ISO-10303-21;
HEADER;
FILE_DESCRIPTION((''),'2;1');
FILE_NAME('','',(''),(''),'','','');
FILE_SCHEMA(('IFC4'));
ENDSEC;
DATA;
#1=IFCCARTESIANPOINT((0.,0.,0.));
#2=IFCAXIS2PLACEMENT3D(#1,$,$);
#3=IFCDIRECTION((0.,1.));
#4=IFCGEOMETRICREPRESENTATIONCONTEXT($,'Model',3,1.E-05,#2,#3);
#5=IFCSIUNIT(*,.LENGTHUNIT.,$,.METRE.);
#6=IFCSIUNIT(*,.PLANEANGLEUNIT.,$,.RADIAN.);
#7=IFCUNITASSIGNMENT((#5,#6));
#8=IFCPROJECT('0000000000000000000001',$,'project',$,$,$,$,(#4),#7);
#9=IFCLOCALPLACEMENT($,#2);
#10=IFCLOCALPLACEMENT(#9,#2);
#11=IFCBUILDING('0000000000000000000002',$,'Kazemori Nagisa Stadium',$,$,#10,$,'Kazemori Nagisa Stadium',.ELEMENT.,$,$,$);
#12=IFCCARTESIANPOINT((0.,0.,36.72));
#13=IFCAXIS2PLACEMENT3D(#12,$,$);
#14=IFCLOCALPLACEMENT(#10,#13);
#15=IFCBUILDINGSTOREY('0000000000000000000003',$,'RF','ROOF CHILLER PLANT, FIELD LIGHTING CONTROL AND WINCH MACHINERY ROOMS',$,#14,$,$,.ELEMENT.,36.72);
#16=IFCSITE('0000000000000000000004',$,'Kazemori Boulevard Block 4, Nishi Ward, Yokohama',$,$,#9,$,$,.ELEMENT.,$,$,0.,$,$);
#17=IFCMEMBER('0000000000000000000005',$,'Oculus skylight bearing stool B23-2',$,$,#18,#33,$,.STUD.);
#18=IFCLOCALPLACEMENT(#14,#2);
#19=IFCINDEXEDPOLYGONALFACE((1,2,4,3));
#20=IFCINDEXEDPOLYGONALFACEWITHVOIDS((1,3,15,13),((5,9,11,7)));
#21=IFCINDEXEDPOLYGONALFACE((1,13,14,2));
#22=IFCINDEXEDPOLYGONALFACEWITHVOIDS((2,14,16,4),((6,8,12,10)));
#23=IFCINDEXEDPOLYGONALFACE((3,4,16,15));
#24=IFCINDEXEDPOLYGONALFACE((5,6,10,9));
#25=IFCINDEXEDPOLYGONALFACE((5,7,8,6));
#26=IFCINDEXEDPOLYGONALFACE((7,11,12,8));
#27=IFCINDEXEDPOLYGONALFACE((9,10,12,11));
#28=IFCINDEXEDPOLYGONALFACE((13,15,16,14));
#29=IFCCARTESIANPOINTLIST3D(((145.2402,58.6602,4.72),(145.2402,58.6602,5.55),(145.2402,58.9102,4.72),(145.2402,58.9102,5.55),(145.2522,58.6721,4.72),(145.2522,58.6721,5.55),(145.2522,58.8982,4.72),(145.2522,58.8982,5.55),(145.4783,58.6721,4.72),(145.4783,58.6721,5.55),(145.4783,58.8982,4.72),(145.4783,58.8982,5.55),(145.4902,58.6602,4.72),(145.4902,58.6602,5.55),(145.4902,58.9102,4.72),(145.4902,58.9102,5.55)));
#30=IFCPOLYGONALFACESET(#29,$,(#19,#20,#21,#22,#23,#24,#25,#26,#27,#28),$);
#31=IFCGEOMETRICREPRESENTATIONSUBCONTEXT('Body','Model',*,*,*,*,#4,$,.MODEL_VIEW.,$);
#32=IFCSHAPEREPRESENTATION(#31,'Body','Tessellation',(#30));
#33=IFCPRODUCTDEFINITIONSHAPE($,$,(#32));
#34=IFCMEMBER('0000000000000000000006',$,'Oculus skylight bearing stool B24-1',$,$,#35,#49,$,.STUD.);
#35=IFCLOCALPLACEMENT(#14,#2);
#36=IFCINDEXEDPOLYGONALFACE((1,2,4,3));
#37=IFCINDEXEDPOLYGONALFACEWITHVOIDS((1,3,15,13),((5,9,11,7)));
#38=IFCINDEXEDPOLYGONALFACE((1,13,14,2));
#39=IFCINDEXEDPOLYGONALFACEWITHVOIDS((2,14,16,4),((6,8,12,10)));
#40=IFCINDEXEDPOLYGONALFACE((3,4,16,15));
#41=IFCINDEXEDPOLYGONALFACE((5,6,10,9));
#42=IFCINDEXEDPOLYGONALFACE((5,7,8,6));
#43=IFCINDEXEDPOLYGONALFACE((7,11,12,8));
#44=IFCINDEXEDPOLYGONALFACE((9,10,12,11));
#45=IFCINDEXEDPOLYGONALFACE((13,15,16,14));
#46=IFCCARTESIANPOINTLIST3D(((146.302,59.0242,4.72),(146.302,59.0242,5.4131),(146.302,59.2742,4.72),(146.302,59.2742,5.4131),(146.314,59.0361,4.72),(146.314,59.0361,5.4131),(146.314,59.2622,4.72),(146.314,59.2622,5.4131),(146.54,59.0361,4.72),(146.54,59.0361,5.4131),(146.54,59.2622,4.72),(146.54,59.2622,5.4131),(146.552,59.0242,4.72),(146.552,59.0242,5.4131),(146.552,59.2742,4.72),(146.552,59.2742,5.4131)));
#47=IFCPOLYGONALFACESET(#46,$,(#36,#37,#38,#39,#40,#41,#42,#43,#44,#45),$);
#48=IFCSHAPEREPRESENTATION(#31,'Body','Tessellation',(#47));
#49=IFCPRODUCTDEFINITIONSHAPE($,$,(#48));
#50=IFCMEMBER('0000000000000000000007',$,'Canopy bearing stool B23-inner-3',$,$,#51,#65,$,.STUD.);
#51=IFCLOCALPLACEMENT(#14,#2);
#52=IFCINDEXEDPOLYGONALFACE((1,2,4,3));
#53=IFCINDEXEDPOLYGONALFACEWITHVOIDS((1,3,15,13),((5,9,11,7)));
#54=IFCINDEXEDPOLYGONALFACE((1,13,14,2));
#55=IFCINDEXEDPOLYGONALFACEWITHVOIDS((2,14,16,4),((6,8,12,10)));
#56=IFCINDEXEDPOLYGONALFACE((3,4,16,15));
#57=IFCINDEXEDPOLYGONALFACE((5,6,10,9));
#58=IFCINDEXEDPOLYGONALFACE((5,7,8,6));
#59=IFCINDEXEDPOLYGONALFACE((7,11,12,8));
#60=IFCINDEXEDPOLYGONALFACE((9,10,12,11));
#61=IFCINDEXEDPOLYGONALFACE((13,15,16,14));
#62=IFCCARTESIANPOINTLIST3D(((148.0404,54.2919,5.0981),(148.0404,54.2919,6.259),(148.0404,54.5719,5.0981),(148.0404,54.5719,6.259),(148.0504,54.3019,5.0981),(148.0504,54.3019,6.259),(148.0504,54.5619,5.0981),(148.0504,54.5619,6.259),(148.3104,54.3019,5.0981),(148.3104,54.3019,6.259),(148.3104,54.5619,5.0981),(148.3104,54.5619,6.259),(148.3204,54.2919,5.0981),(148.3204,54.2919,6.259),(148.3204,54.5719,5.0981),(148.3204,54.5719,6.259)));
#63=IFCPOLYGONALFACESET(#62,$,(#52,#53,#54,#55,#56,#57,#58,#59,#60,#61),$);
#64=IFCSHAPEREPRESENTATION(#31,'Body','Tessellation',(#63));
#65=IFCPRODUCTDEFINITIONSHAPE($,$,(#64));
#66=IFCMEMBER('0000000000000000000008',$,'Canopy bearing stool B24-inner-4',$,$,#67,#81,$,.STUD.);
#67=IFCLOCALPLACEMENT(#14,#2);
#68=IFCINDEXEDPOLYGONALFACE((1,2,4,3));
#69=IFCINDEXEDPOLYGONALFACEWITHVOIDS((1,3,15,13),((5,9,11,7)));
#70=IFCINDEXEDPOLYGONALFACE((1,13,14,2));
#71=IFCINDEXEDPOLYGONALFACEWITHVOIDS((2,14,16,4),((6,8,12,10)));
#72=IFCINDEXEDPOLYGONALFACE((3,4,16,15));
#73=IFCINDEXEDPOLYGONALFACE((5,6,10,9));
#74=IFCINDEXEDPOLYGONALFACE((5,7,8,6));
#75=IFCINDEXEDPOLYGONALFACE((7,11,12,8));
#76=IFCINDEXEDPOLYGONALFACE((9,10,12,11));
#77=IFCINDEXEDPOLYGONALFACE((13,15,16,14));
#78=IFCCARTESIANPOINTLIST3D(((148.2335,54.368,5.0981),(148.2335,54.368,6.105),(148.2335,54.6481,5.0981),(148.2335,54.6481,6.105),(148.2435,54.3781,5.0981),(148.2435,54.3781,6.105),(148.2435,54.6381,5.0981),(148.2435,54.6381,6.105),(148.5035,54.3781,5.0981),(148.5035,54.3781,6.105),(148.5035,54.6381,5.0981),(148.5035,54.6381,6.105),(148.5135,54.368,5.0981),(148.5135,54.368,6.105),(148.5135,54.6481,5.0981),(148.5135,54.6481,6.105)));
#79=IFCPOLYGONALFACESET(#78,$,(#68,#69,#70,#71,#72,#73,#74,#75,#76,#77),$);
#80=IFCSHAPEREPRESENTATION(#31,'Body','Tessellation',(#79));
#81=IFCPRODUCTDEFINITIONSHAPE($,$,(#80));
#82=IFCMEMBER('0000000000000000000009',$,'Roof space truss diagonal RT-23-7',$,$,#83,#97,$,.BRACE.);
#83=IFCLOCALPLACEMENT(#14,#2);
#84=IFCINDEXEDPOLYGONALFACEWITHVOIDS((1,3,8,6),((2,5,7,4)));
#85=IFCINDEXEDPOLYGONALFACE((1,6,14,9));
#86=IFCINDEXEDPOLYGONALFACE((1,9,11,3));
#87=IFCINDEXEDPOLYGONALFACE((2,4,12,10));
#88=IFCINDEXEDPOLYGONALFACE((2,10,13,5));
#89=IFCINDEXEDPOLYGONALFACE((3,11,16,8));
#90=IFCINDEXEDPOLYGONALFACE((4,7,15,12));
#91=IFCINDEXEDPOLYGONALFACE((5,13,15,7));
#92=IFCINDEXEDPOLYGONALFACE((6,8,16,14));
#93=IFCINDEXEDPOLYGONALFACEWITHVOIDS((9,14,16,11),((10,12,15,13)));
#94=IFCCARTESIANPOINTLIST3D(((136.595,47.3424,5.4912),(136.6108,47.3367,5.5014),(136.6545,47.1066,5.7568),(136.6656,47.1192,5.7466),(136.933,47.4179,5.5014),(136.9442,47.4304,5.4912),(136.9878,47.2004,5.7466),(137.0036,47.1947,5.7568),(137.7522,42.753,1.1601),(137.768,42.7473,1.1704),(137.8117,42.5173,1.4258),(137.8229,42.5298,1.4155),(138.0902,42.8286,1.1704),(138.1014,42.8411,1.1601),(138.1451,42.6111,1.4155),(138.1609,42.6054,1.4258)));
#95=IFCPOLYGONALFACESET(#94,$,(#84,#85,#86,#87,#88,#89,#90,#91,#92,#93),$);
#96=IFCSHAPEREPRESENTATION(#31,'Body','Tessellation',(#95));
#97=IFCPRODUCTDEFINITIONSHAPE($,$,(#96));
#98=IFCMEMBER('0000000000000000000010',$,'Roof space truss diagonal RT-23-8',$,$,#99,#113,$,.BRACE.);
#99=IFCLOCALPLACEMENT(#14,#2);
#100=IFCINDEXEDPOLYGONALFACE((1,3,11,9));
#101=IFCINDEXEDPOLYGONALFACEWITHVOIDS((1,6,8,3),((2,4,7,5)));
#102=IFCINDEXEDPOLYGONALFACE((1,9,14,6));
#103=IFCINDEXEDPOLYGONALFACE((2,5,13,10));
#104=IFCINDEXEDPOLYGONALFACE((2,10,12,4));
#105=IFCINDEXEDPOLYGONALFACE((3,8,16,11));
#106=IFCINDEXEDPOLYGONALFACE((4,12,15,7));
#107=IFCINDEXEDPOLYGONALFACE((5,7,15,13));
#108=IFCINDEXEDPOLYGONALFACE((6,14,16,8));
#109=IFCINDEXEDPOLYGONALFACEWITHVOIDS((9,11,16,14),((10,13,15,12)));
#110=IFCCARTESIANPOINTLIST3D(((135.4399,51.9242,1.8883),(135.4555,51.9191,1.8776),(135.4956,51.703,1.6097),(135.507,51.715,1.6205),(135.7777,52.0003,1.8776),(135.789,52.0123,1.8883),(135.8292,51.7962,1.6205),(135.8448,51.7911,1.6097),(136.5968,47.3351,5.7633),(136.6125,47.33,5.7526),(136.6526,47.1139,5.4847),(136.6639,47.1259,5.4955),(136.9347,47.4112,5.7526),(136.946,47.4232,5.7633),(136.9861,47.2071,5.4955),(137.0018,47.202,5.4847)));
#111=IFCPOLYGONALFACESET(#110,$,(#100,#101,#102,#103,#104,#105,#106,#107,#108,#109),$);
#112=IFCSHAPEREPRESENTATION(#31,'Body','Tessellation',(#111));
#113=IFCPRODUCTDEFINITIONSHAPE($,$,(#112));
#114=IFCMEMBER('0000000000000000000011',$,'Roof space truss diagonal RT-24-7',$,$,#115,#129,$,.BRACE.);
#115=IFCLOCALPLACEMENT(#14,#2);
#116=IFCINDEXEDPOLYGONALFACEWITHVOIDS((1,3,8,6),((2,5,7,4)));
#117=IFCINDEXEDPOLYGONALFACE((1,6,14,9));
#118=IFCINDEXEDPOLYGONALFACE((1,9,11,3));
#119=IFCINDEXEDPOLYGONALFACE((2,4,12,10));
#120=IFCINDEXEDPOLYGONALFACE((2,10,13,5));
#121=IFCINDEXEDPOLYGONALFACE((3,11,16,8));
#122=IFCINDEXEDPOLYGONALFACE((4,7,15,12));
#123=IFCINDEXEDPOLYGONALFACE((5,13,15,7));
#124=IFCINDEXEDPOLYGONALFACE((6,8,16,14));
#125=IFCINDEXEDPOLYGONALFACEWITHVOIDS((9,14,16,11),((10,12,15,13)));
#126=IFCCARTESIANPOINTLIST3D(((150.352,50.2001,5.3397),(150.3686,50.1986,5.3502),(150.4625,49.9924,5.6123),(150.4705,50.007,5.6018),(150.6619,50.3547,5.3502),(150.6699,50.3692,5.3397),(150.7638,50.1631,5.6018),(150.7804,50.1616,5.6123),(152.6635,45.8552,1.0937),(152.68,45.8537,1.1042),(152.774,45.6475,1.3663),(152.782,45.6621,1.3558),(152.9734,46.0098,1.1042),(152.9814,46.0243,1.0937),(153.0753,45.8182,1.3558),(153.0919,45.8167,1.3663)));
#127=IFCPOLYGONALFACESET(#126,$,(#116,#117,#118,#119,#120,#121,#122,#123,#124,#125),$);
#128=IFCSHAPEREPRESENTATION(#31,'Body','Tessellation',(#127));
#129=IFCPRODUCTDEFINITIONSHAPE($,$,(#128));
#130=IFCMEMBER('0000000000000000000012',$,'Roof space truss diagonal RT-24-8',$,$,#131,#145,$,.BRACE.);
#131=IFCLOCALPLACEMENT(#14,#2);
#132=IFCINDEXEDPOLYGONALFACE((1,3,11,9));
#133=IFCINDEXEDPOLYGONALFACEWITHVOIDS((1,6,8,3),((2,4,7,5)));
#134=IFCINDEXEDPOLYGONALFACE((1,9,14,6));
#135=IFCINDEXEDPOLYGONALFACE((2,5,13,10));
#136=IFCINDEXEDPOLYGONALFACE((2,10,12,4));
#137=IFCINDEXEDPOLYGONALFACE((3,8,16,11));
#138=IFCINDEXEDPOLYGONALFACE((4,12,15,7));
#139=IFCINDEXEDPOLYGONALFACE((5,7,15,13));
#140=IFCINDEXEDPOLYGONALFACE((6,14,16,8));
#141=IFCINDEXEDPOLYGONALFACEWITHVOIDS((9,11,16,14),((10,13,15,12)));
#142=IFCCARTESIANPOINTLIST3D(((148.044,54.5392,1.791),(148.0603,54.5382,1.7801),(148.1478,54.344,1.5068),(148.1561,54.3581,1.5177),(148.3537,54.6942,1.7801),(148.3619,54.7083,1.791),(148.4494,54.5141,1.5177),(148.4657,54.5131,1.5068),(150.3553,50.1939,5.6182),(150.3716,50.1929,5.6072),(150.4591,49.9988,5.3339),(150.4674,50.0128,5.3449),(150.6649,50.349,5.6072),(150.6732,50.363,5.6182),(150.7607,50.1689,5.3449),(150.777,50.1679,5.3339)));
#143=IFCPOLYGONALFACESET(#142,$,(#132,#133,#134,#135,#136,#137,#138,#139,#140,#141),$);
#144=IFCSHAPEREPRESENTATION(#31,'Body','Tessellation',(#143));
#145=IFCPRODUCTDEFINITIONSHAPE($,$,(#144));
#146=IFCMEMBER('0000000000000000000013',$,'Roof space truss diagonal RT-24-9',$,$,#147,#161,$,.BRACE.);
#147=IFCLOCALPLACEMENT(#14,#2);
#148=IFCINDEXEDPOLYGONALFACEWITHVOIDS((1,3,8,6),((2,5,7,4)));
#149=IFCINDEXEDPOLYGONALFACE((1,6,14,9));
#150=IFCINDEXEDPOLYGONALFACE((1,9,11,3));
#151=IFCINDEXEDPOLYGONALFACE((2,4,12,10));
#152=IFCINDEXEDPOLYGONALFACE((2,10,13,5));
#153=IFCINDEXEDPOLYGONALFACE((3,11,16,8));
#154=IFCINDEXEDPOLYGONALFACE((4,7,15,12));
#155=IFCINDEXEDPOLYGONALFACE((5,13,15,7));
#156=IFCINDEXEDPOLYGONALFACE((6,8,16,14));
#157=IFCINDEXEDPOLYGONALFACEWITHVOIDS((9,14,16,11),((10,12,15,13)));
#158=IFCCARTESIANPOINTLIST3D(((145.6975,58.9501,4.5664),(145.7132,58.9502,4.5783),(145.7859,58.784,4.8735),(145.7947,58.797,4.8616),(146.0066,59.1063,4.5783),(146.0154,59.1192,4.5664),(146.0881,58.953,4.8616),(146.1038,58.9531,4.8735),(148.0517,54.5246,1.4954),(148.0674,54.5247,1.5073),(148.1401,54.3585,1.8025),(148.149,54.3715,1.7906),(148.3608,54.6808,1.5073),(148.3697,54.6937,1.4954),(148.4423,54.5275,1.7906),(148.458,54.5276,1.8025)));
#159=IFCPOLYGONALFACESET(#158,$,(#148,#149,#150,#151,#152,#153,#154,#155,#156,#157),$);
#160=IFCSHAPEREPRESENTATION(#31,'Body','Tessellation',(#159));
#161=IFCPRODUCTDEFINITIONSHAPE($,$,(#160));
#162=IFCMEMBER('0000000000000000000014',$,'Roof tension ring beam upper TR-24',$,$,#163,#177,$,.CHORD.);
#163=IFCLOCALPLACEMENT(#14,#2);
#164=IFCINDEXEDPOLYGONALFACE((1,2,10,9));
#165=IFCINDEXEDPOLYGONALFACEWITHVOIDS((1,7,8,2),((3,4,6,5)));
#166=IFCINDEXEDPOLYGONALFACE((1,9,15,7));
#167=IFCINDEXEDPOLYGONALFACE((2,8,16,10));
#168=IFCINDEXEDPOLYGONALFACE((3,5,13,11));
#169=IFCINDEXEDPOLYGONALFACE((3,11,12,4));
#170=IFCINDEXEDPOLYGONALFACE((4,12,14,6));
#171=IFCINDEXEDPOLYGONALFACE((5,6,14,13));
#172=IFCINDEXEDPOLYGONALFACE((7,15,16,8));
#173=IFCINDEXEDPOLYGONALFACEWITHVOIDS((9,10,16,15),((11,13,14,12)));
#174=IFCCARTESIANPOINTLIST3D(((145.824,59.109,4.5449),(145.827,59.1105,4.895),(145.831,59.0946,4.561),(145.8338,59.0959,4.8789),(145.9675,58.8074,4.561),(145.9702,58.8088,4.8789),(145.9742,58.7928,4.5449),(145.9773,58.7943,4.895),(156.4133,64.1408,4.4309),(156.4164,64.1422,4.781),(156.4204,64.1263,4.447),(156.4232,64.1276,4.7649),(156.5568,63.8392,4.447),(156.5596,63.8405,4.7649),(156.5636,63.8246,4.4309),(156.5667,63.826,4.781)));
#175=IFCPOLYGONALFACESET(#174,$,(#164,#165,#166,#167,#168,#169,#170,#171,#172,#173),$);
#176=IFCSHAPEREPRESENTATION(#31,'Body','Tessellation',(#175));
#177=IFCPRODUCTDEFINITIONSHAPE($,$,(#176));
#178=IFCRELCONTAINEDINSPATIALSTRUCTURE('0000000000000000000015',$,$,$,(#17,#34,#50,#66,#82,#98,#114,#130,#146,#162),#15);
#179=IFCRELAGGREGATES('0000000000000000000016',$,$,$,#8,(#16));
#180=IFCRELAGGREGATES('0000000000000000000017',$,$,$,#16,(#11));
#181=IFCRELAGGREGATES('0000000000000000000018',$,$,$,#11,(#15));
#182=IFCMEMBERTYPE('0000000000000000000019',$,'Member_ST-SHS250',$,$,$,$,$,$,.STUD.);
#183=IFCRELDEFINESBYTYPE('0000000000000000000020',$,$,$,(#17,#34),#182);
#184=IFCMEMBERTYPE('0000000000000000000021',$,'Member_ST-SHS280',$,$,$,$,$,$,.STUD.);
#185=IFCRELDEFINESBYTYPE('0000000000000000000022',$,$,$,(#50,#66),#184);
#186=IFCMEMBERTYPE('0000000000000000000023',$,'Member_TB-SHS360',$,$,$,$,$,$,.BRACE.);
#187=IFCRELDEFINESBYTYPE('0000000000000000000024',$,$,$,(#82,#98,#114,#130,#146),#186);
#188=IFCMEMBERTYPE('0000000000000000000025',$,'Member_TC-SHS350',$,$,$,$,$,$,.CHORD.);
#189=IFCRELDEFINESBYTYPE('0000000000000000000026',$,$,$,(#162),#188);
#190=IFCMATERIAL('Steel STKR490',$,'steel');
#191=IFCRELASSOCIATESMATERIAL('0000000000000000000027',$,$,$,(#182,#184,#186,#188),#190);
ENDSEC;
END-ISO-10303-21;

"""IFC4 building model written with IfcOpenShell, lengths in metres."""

from ifc_helpers import new_model, si_unit, direction, frame, origin, origin_2d, place, context, subcontext, project, spatial, hollow_rectangle, extrude, material, material_profile, profile_set, type_object, element, save


model = new_model("IFC4")

# Units and contexts
model_context = context("Model", 3, precision=1e-05, world=origin(), true_north=direction((0.0, 1.0)))
body_context = subcontext(model_context, "Body", "Model", "MODEL_VIEW")
ifc_project = project(units=[si_unit("LENGTHUNIT", "METRE"), si_unit("PLANEANGLEUNIT", "RADIAN")], contexts=[model_context])

# Site, building, storey
site_placement = place(None, origin())
site = spatial("IfcSite", under=ifc_project, at=site_placement, Name="Kazemori Boulevard Block 4, Nishi Ward, Yokohama", CompositionType="ELEMENT", RefElevation=0.0)
building_placement = place(site_placement, origin())
building = spatial("IfcBuilding", under=site, at=building_placement, Name="Kazemori Nagisa Stadium", LongName="Kazemori Nagisa Stadium", CompositionType="ELEMENT")
storey_placement = place(building_placement, frame((0.0, 0.0, 36.72)))
storey = spatial("IfcBuildingStorey", under=building, at=storey_placement, Name="RF", Description="ROOF CHILLER PLANT, FIELD LIGHTING CONTROL AND WINCH MACHINERY ROOMS", CompositionType="ELEMENT", Elevation=36.72)

# Members
ifc_material_1 = material(Name="Steel STKR490", Category="steel")
ifc_material_profile_1 = material_profile(ifc_material_1, hollow_rectangle(XDim=0.25, YDim=0.25, WallThickness=0.012, at=origin_2d()), Name="SHS-250x250x12")
ifc_profile_set_1 = profile_set([ifc_material_profile_1], Name="Steel STKR490")
member_type_1 = type_object("IfcMemberType", Name="Member_ST-SHS250", PredefinedType="STUD", material=ifc_profile_set_1)
member_1_placement = place(storey_placement, frame((145.3652, 58.7852, 4.72), z_axis=(0.0, 0.0, 1.0), x_axis=(1.0, 0.0, 0.0)))
element("IfcMember", 1, at=member_1_placement, inside=storey, type_object=member_type_1, Name="Oculus skylight bearing stool B23-2", PredefinedType="STUD", context=body_context, shape_type="SweptSolid", body=[
    extrude(hollow_rectangle(XDim=0.25, YDim=0.25, WallThickness=0.012, at=origin_2d()), origin(), (0.0, 0.0, 1.0), 0.8301),
])
member_2_placement = place(storey_placement, frame((146.427, 59.1492, 4.72), z_axis=(0.0, 0.0, 1.0), x_axis=(1.0, 0.0, 0.0)))
element("IfcMember", 2, at=member_2_placement, inside=storey, type_object=member_type_1, Name="Oculus skylight bearing stool B24-1", PredefinedType="STUD", context=body_context, shape_type="SweptSolid", body=[
    extrude(hollow_rectangle(XDim=0.25, YDim=0.25, WallThickness=0.012, at=origin_2d()), origin(), (0.0, 0.0, 1.0), 0.6931),
])
ifc_material_profile_2 = material_profile(ifc_material_1, hollow_rectangle(XDim=0.28, YDim=0.28, WallThickness=0.01, at=origin_2d()), Name="SHS-280x280x10")
ifc_profile_set_2 = profile_set([ifc_material_profile_2], Name="Steel STKR490")
member_type_2 = type_object("IfcMemberType", Name="Member_ST-SHS280", PredefinedType="STUD", material=ifc_profile_set_2)
member_3_placement = place(storey_placement, frame((148.1804, 54.4319, 5.0981), z_axis=(0.0, 0.0, 1.0), x_axis=(1.0, 0.0, 0.0)))
element("IfcMember", 3, at=member_3_placement, inside=storey, type_object=member_type_2, Name="Canopy bearing stool B23-inner-3", PredefinedType="STUD", context=body_context, shape_type="SweptSolid", body=[
    extrude(hollow_rectangle(XDim=0.28, YDim=0.28, WallThickness=0.01, at=origin_2d()), origin(), (0.0, 0.0, 1.0), 1.1609),
])
member_4_placement = place(storey_placement, frame((148.3735, 54.5081, 5.0981), z_axis=(0.0, 0.0, 1.0), x_axis=(1.0, 0.0, 0.0)))
element("IfcMember", 4, at=member_4_placement, inside=storey, type_object=member_type_2, Name="Canopy bearing stool B24-inner-4", PredefinedType="STUD", context=body_context, shape_type="SweptSolid", body=[
    extrude(hollow_rectangle(XDim=0.28, YDim=0.28, WallThickness=0.01, at=origin_2d()), origin(), (0.0, 0.0, 1.0), 1.0068),
])
ifc_material_profile_3 = material_profile(ifc_material_1, hollow_rectangle(XDim=0.3601, YDim=0.3601, WallThickness=0.0139, at=origin_2d()), Name="SHS-360x360x14")
ifc_profile_set_3 = profile_set([ifc_material_profile_3], Name="Steel STKR490")
member_type_3 = type_object("IfcMemberType", Name="Member_TB-SHS360", PredefinedType="BRACE", material=ifc_profile_set_3)
member_5_placement = place(storey_placement, frame((137.9565, 42.6792, 1.293), z_axis=(-0.180378, 0.715348, 0.675086), x_axis=(-0.969649, -0.244501, 0.0)))
element("IfcMember", 5, at=member_5_placement, inside=storey, type_object=member_type_3, Name="Roof space truss diagonal RT-23-7", PredefinedType="BRACE", context=body_context, shape_type="SweptSolid", body=[
    extrude(hollow_rectangle(XDim=0.3601, YDim=0.3601, WallThickness=0.0139, at=origin_2d()), origin(), (0.0, 0.0, 1.0), 6.4155),
])
member_6_placement = place(storey_placement, frame((136.7993, 47.2686, 5.624), z_axis=(-0.189151, 0.750258, -0.63351), x_axis=(-0.969658, -0.244465, 0.0)))
element("IfcMember", 6, at=member_6_placement, inside=storey, type_object=member_type_3, Name="Roof space truss diagonal RT-23-8", PredefinedType="BRACE", context=body_context, shape_type="SweptSolid", body=[
    extrude(hollow_rectangle(XDim=0.3601, YDim=0.3601, WallThickness=0.0139, at=origin_2d()), origin(), (0.0, 0.0, 1.0), 6.1167),
])
member_7_placement = place(storey_placement, frame((152.8777, 45.8359, 1.23), z_axis=(-0.355614, 0.668447, 0.653236), x_axis=(-0.882841, -0.469671, 0.0)))
element("IfcMember", 7, at=member_7_placement, inside=storey, type_object=member_type_3, Name="Roof space truss diagonal RT-24-7", PredefinedType="BRACE", context=body_context, shape_type="SweptSolid", body=[
    extrude(hollow_rectangle(XDim=0.3601, YDim=0.3601, WallThickness=0.0139, at=origin_2d()), origin(), (0.0, 0.0, 1.0), 6.5),
])
member_8_placement = place(storey_placement, frame((150.5662, 50.1809, 5.4761), z_axis=(-0.370719, 0.696954, -0.613858), x_axis=(-0.882873, -0.469612, 0.0)))
element("IfcMember", 8, at=member_8_placement, inside=storey, type_object=member_type_3, Name="Roof space truss diagonal RT-24-8", PredefinedType="BRACE", context=body_context, shape_type="SweptSolid", body=[
    extrude(hollow_rectangle(XDim=0.3601, YDim=0.3601, WallThickness=0.0139, at=origin_2d()), origin(), (0.0, 0.0, 1.0), 6.2346),
])
member_9_placement = place(storey_placement, frame((148.2549, 54.5261, 1.6489), z_axis=(-0.40047, 0.752808, 0.522402), x_axis=(-0.882853, -0.46965, 0.0)))
element("IfcMember", 9, at=member_9_placement, inside=storey, type_object=member_type_3, Name="Roof space truss diagonal RT-24-9", PredefinedType="BRACE", context=body_context, shape_type="SweptSolid", body=[
    extrude(hollow_rectangle(XDim=0.3601, YDim=0.3601, WallThickness=0.0139, at=origin_2d()), origin(), (0.0, 0.0, 1.0), 5.8787),
])
ifc_material_profile_4 = material_profile(ifc_material_1, hollow_rectangle(XDim=0.3501, YDim=0.3501, WallThickness=0.0161, at=origin_2d()), Name="SHS-350x350x16")
ifc_profile_set_4 = profile_set([ifc_material_profile_4], Name="Steel STKR490")
member_type_4 = type_object("IfcMemberType", Name="Member_TC-SHS350", PredefinedType="CHORD", material=ifc_profile_set_4)
member_10_placement = place(storey_placement, frame((145.9006, 58.9517, 4.72), z_axis=(0.903175, 0.429161, -0.009724), x_axis=(-0.429182, 0.903218, 0.0)))
element("IfcMember", 10, at=member_10_placement, inside=storey, type_object=member_type_4, Name="Roof tension ring beam upper TR-24", PredefinedType="CHORD", context=body_context, shape_type="SweptSolid", body=[
    extrude(hollow_rectangle(XDim=0.3501, YDim=0.3501, WallThickness=0.0161, at=origin_2d()), origin(), (0.0, 0.0, 1.0), 11.7246),
])

save(model, "model.ifc")
